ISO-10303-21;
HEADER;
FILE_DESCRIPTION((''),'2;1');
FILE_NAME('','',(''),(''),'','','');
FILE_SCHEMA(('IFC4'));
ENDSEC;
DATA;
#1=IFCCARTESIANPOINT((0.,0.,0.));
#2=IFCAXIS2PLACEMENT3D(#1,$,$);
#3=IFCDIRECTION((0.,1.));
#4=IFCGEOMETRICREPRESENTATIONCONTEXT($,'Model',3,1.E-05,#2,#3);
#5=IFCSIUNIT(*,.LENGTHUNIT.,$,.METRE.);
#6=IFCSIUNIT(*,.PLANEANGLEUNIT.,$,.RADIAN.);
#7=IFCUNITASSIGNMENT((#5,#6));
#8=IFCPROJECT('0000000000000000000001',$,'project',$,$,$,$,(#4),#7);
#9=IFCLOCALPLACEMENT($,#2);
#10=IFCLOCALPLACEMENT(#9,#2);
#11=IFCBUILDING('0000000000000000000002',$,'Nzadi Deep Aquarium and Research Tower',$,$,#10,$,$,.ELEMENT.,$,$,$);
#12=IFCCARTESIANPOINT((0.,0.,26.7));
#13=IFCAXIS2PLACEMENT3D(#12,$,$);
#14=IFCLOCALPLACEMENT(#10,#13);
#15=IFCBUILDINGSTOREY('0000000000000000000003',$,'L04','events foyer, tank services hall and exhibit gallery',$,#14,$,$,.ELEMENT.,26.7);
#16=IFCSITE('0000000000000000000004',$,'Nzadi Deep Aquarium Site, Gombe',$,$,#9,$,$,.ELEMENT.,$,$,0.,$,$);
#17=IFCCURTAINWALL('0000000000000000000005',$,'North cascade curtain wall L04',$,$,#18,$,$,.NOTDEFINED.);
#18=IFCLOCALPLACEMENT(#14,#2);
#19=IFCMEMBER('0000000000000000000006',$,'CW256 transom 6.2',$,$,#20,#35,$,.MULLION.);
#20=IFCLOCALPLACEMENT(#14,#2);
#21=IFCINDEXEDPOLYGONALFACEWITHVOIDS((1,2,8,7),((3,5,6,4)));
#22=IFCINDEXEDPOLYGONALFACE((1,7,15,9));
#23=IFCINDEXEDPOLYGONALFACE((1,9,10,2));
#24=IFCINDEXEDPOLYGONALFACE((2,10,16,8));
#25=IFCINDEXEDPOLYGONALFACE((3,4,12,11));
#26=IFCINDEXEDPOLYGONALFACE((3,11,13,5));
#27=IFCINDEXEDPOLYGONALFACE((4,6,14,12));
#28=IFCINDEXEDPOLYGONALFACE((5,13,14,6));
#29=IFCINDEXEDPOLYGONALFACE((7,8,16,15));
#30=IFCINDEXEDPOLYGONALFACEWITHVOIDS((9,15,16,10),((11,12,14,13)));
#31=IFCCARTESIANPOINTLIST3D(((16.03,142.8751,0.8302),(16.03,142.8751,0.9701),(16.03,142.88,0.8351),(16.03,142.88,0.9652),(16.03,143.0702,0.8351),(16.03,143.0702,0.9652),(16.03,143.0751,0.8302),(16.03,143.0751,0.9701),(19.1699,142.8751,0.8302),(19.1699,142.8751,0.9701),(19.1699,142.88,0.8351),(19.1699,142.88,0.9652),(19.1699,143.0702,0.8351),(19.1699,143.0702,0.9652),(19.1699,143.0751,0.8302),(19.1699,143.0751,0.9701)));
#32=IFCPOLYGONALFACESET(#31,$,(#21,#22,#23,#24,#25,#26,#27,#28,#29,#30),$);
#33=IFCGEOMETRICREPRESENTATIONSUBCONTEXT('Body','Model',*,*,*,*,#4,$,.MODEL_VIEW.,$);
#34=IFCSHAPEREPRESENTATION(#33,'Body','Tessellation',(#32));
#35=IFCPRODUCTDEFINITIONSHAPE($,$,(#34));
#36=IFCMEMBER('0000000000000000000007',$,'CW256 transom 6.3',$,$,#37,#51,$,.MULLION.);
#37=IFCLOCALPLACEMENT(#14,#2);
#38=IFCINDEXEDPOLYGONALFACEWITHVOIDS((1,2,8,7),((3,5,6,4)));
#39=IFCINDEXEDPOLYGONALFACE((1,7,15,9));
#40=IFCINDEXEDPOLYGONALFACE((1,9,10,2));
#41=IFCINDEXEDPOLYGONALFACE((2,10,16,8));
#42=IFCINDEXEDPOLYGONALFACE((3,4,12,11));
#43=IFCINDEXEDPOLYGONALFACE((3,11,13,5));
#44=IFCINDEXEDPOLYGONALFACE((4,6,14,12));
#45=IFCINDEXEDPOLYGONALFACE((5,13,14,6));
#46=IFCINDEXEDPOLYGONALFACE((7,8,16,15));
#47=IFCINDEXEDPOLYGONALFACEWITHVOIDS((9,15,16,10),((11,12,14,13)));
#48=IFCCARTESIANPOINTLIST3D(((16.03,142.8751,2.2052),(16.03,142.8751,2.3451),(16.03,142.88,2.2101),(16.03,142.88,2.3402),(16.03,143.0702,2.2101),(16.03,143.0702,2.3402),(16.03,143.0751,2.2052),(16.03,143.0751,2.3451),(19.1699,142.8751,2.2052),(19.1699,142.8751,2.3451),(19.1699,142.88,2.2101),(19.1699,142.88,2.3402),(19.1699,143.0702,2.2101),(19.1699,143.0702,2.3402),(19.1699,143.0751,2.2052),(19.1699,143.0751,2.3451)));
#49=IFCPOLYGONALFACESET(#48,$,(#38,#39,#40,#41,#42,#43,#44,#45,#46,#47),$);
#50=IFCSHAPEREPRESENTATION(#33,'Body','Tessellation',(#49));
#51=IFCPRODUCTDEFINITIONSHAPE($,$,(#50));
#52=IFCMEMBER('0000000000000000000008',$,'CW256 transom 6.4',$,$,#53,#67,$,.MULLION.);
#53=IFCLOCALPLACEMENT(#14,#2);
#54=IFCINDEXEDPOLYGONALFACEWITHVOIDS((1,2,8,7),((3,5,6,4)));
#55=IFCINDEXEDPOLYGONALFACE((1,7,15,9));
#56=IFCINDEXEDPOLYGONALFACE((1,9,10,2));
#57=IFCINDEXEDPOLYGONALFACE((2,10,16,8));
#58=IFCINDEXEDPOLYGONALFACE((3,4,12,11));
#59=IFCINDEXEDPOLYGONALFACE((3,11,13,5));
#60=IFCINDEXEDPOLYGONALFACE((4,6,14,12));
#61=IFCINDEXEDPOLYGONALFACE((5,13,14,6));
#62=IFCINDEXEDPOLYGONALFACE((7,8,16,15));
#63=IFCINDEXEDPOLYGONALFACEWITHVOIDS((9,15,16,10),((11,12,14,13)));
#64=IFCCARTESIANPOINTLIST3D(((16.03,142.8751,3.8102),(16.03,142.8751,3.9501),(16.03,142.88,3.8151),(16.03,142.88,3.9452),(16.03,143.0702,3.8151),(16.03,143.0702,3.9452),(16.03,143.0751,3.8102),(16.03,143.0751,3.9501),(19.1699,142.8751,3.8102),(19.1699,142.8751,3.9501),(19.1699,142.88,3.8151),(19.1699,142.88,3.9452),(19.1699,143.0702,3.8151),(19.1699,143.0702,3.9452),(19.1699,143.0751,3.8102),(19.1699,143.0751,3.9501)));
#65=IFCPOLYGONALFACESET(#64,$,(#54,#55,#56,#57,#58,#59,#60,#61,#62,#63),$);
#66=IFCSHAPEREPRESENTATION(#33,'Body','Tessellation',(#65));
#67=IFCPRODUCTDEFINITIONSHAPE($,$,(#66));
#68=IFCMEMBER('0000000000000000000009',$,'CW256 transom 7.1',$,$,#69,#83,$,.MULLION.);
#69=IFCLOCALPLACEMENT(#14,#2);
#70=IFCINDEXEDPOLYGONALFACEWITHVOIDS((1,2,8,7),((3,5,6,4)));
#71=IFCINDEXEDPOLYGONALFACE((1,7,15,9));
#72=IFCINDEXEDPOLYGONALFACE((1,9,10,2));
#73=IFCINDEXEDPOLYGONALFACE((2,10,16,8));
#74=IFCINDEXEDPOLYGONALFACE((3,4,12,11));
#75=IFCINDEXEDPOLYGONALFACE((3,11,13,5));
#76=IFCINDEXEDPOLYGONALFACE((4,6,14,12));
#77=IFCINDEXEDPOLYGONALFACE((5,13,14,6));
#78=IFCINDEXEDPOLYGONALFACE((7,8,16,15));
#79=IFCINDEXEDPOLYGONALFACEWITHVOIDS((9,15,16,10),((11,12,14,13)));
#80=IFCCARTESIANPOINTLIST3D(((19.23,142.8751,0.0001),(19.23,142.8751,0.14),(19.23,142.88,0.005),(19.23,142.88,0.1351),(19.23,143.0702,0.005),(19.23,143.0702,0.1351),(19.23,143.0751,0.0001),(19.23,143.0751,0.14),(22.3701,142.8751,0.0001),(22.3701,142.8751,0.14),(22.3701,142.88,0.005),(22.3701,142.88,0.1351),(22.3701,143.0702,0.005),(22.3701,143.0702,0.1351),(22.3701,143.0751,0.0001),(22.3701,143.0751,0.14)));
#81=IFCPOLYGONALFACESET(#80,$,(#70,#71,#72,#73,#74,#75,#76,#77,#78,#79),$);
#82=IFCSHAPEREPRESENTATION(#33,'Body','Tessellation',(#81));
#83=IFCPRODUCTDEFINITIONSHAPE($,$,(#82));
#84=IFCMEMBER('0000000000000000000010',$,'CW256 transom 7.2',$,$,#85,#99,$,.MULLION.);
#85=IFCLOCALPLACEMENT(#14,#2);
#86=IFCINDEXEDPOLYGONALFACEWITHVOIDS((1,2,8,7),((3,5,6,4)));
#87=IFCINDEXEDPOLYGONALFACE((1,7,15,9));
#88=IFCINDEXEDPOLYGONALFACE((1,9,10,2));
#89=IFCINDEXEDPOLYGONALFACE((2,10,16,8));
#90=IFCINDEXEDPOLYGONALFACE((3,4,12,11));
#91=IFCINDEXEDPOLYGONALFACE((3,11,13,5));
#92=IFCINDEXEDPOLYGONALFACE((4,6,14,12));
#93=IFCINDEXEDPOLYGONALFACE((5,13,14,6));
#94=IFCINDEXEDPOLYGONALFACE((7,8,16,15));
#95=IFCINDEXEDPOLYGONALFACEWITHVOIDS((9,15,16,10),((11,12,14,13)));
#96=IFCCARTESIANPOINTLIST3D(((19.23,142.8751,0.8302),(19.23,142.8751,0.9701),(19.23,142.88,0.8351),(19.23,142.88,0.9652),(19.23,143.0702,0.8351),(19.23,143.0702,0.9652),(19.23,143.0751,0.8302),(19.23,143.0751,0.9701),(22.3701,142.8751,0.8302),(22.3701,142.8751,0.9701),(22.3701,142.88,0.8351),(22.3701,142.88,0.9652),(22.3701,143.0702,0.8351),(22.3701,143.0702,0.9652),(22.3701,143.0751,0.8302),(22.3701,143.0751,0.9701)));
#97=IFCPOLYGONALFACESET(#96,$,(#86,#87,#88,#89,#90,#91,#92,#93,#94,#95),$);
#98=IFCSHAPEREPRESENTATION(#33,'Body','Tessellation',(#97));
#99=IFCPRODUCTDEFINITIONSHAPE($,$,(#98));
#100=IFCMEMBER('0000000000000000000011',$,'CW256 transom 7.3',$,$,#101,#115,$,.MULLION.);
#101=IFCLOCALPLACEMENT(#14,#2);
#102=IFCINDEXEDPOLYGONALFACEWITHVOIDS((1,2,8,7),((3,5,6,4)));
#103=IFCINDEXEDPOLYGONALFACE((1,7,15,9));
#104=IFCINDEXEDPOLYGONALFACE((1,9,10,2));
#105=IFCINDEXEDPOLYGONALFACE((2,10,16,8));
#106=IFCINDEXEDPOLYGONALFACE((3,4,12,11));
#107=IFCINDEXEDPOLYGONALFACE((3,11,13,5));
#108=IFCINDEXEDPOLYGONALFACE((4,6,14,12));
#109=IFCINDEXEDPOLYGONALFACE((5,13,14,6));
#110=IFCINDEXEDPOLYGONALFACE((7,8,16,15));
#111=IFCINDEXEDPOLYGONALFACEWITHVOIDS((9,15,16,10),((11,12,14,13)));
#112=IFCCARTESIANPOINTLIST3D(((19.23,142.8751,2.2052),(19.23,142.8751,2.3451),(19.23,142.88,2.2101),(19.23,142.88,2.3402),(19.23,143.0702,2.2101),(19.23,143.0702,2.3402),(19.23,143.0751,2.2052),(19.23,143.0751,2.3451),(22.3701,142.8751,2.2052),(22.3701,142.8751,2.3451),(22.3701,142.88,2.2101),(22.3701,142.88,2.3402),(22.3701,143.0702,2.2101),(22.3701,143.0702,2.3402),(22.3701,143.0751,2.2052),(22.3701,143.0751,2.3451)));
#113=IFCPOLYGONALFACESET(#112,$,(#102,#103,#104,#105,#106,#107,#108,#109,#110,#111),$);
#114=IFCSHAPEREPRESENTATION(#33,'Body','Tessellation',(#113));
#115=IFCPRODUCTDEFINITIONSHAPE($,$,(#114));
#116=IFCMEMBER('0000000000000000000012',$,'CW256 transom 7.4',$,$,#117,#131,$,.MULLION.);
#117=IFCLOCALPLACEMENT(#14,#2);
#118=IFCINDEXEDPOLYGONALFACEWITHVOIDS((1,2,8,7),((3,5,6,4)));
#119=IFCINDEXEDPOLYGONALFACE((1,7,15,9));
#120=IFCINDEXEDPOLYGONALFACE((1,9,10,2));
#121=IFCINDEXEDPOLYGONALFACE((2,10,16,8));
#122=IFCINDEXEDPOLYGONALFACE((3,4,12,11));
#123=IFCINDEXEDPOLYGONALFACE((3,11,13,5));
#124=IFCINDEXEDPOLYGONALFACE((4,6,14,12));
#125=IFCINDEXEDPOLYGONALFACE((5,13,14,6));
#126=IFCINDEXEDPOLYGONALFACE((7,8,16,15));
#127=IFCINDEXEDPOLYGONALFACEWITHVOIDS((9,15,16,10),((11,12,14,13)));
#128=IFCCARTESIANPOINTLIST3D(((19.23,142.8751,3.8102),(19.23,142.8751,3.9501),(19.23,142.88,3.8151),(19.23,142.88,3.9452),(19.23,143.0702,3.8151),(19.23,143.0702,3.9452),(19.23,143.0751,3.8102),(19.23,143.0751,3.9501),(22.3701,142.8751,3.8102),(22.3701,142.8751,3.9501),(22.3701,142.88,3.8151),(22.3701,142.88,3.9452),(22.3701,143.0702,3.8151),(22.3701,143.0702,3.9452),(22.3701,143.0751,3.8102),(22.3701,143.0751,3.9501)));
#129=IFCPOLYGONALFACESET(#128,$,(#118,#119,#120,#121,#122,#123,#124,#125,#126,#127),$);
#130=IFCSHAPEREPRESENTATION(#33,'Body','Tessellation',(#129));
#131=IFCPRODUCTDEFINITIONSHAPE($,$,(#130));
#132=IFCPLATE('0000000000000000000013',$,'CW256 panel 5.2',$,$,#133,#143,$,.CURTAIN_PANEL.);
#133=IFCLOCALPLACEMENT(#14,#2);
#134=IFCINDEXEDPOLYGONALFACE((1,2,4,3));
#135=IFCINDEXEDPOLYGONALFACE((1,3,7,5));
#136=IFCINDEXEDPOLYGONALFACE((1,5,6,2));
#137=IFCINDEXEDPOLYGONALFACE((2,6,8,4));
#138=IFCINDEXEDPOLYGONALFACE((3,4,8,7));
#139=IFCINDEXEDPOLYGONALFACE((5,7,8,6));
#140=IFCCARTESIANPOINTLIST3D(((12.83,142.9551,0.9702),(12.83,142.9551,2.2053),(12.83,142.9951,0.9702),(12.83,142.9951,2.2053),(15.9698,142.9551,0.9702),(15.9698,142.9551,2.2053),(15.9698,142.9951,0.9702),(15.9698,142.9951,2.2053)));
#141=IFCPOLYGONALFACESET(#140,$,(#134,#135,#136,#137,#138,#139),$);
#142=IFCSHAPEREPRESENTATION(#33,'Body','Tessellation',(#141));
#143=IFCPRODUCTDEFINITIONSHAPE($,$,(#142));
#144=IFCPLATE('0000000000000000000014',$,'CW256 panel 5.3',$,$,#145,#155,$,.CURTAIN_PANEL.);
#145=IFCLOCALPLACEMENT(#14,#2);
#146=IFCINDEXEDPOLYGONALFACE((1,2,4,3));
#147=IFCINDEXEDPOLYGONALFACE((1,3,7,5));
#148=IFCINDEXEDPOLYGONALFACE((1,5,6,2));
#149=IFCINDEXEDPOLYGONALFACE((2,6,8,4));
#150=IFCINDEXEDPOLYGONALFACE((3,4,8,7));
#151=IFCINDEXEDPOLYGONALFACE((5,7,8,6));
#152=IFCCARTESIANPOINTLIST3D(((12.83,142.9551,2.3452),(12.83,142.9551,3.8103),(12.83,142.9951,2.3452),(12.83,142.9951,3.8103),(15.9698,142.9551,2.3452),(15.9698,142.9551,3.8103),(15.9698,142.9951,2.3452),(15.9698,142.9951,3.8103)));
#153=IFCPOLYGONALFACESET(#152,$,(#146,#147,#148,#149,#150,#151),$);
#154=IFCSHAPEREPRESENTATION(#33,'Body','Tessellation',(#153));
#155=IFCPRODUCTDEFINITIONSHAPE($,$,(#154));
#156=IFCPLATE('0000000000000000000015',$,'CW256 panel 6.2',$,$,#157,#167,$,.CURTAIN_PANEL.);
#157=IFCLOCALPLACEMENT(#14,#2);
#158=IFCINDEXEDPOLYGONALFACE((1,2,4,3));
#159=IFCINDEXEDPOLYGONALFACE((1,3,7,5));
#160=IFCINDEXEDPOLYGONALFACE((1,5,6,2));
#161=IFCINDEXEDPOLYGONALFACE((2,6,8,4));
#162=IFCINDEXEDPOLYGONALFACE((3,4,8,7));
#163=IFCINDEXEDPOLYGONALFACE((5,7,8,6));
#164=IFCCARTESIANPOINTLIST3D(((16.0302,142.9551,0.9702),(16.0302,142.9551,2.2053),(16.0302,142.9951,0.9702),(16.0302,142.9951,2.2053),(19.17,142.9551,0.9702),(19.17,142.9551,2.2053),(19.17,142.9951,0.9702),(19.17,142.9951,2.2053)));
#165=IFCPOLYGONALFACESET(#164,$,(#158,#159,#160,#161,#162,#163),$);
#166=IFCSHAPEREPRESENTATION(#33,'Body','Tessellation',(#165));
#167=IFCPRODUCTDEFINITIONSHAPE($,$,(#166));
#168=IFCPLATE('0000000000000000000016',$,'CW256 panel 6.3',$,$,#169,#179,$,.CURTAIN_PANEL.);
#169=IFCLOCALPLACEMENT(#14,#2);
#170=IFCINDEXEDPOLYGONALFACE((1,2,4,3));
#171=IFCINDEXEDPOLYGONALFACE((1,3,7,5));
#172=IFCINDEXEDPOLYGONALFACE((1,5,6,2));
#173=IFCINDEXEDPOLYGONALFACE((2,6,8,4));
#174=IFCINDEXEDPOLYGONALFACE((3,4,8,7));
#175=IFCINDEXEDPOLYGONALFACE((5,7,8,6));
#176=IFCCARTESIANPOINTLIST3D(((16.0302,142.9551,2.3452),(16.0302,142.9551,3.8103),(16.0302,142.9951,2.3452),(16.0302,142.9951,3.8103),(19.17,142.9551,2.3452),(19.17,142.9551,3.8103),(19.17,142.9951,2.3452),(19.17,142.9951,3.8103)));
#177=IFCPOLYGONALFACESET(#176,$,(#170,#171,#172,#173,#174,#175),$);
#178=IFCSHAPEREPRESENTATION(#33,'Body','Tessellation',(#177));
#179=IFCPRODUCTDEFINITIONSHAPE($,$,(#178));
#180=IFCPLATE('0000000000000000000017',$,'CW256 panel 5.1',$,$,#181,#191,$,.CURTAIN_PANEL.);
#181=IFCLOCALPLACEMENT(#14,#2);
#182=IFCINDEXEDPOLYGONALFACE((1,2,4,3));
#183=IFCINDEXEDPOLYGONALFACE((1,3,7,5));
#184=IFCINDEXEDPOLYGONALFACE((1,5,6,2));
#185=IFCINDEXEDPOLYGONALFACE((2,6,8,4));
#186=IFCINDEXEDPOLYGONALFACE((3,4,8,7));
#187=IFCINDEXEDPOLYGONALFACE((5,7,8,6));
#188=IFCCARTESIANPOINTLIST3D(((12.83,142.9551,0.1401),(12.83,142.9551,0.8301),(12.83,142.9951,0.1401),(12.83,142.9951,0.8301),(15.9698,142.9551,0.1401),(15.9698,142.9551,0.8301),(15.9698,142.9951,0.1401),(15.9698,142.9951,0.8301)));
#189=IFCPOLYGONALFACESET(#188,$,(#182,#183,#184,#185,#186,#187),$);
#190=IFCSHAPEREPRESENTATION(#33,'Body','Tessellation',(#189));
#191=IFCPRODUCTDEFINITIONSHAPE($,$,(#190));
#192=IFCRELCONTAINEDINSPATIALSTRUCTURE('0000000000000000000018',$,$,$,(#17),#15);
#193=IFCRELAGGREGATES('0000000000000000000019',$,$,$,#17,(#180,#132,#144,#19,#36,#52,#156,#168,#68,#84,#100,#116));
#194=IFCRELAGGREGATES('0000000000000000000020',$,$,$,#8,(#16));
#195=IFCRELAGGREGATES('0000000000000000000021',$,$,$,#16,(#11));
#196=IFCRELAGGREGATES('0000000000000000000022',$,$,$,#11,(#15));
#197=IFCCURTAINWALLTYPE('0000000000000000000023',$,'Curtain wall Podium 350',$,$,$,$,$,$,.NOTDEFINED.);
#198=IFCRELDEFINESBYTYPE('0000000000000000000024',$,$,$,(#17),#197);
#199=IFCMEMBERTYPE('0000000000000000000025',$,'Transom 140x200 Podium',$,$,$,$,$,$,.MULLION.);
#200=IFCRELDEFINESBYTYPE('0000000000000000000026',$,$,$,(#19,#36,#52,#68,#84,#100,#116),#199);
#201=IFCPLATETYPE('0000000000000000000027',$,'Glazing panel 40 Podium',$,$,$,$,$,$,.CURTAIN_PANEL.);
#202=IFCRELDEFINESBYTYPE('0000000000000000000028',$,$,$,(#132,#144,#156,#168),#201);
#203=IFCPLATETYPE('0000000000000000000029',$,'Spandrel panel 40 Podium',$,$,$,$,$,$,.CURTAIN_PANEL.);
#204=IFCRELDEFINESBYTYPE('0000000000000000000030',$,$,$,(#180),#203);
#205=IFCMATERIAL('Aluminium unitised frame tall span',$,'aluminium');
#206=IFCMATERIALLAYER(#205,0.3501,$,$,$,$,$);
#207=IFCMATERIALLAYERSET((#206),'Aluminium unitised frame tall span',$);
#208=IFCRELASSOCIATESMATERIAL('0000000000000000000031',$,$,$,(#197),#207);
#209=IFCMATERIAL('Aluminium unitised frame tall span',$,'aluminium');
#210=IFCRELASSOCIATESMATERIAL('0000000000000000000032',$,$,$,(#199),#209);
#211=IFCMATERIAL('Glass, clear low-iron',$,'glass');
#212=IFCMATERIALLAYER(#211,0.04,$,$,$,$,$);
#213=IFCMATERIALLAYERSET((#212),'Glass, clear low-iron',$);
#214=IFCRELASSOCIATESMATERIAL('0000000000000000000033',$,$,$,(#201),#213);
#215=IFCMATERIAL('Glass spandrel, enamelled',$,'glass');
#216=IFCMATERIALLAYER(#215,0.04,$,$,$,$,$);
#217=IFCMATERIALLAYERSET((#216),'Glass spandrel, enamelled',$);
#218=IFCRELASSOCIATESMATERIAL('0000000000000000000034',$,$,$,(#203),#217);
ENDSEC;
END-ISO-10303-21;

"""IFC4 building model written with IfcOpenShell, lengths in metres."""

from ifc_helpers import new_model, si_unit, direction, frame, origin, origin_2d, place, context, subcontext, project, spatial, rectangle, hollow_rectangle, extrude, material, layer, layer_set, material_profile, profile_set, type_object, element, aggregate, save


model = new_model("IFC4")

# Units and contexts
model_context = context("Model", 3, precision=1e-05, world=origin(), true_north=direction((0.0, 1.0)))
body_context = subcontext(model_context, "Body", "Model", "MODEL_VIEW")
ifc_project = project(units=[si_unit("LENGTHUNIT", "METRE"), si_unit("PLANEANGLEUNIT", "RADIAN")], contexts=[model_context])

# Site, building, storey
site_placement = place(None, origin())
site = spatial("IfcSite", under=ifc_project, at=site_placement, Name="Nzadi Deep Aquarium Site, Gombe", CompositionType="ELEMENT", RefElevation=0.0)
building_placement = place(site_placement, origin())
building = spatial("IfcBuilding", under=site, at=building_placement, Name="Nzadi Deep Aquarium and Research Tower", CompositionType="ELEMENT")
storey_placement = place(building_placement, frame((0.0, 0.0, 26.7)))
storey = spatial("IfcBuildingStorey", under=building, at=storey_placement, Name="L04", Description="events foyer, tank services hall and exhibit gallery", CompositionType="ELEMENT", Elevation=26.7)

# Curtain wall
ifc_material_1 = material(Name="Aluminium unitised frame tall span", Category="aluminium")
ifc_layer_1 = layer(ifc_material_1, 0.3501)
ifc_layer_set_1 = layer_set([ifc_layer_1], Name="Aluminium unitised frame tall span")
curtain_wall_type = type_object("IfcCurtainWallType", Name="Curtain wall Podium 350", PredefinedType="NOTDEFINED", material=ifc_layer_set_1)
curtain_wall_placement = place(storey_placement, origin())
curtain_wall = element("IfcCurtainWall", 1, at=curtain_wall_placement, inside=storey, type_object=curtain_wall_type, Name="North cascade curtain wall L04", PredefinedType="NOTDEFINED")

# Members
ifc_material_2 = material(Name="Aluminium unitised frame tall span", Category="aluminium")
ifc_material_profile_1 = material_profile(ifc_material_2, hollow_rectangle(XDim=0.2, YDim=0.1399, WallThickness=0.0049, at=origin_2d()))
ifc_profile_set_1 = profile_set([ifc_material_profile_1], Name="Aluminium unitised frame tall span")
member_type_1 = type_object("IfcMemberType", Name="Transom 140x200 Podium", PredefinedType="MULLION", material=ifc_profile_set_1)
member_1_placement = place(storey_placement, frame((16.03, 142.9751, 0.9001), z_axis=(1.0, 0.0, 0.0), x_axis=(0.0, 1.0, 0.0)))
member_1 = element("IfcMember", 2, at=member_1_placement, type_object=member_type_1, Name="CW256 transom 6.2", PredefinedType="MULLION", context=body_context, shape_type="SweptSolid", body=[
    extrude(hollow_rectangle(XDim=0.2, YDim=0.1399, WallThickness=0.0049, at=origin_2d()), origin(), (0.0, 0.0, 1.0), 3.1399),
])
member_2_placement = place(storey_placement, frame((16.03, 142.9751, 2.2751), z_axis=(1.0, 0.0, 0.0), x_axis=(0.0, 1.0, 0.0)))
member_2 = element("IfcMember", 3, at=member_2_placement, type_object=member_type_1, Name="CW256 transom 6.3", PredefinedType="MULLION", context=body_context, shape_type="SweptSolid", body=[
    extrude(hollow_rectangle(XDim=0.2, YDim=0.1399, WallThickness=0.0049, at=origin_2d()), origin(), (0.0, 0.0, 1.0), 3.1399),
])
member_3_placement = place(storey_placement, frame((16.03, 142.9751, 3.8801), z_axis=(1.0, 0.0, 0.0), x_axis=(0.0, 1.0, 0.0)))
member_3 = element("IfcMember", 4, at=member_3_placement, type_object=member_type_1, Name="CW256 transom 6.4", PredefinedType="MULLION", context=body_context, shape_type="SweptSolid", body=[
    extrude(hollow_rectangle(XDim=0.2, YDim=0.1399, WallThickness=0.0049, at=origin_2d()), origin(), (0.0, 0.0, 1.0), 3.1399),
])
member_4_placement = place(storey_placement, frame((19.23, 142.9751, 0.0701), z_axis=(1.0, 0.0, 0.0), x_axis=(0.0, 1.0, 0.0)))
member_4 = element("IfcMember", 5, at=member_4_placement, type_object=member_type_1, Name="CW256 transom 7.1", PredefinedType="MULLION", context=body_context, shape_type="SweptSolid", body=[
    extrude(hollow_rectangle(XDim=0.2, YDim=0.1399, WallThickness=0.0049, at=origin_2d()), origin(), (0.0, 0.0, 1.0), 3.1401),
])
member_5_placement = place(storey_placement, frame((19.23, 142.9751, 0.9001), z_axis=(1.0, 0.0, 0.0), x_axis=(0.0, 1.0, 0.0)))
member_5 = element("IfcMember", 6, at=member_5_placement, type_object=member_type_1, Name="CW256 transom 7.2", PredefinedType="MULLION", context=body_context, shape_type="SweptSolid", body=[
    extrude(hollow_rectangle(XDim=0.2, YDim=0.1399, WallThickness=0.0049, at=origin_2d()), origin(), (0.0, 0.0, 1.0), 3.1401),
])
member_6_placement = place(storey_placement, frame((19.23, 142.9751, 2.2751), z_axis=(1.0, 0.0, 0.0), x_axis=(0.0, 1.0, 0.0)))
member_6 = element("IfcMember", 7, at=member_6_placement, type_object=member_type_1, Name="CW256 transom 7.3", PredefinedType="MULLION", context=body_context, shape_type="SweptSolid", body=[
    extrude(hollow_rectangle(XDim=0.2, YDim=0.1399, WallThickness=0.0049, at=origin_2d()), origin(), (0.0, 0.0, 1.0), 3.1401),
])
member_7_placement = place(storey_placement, frame((19.23, 142.9751, 3.8801), z_axis=(1.0, 0.0, 0.0), x_axis=(0.0, 1.0, 0.0)))
member_7 = element("IfcMember", 8, at=member_7_placement, type_object=member_type_1, Name="CW256 transom 7.4", PredefinedType="MULLION", context=body_context, shape_type="SweptSolid", body=[
    extrude(hollow_rectangle(XDim=0.2, YDim=0.1399, WallThickness=0.0049, at=origin_2d()), origin(), (0.0, 0.0, 1.0), 3.1401),
])

# Plates
ifc_material_3 = material(Name="Glass, clear low-iron", Category="glass")
ifc_layer_2 = layer(ifc_material_3, 0.04)
ifc_layer_set_2 = layer_set([ifc_layer_2], Name="Glass, clear low-iron")
plate_type_1 = type_object("IfcPlateType", Name="Glazing panel 40 Podium", PredefinedType="CURTAIN_PANEL", material=ifc_layer_set_2)
plate_1_placement = place(storey_placement, frame((14.3999, 142.9751, 0.9702), z_axis=(0.0, 0.0, 1.0), x_axis=(1.0, 0.0, 0.0)))
plate_1 = element("IfcPlate", 9, at=plate_1_placement, type_object=plate_type_1, Name="CW256 panel 5.2", PredefinedType="CURTAIN_PANEL", context=body_context, shape_type="SweptSolid", body=[
    extrude(rectangle(XDim=3.1399, YDim=0.04, at=origin_2d()), origin(), (0.0, 0.0, 1.0), 1.2351),
])
plate_2_placement = place(storey_placement, frame((14.3999, 142.9751, 2.3452), z_axis=(0.0, 0.0, 1.0), x_axis=(1.0, 0.0, 0.0)))
plate_2 = element("IfcPlate", 10, at=plate_2_placement, type_object=plate_type_1, Name="CW256 panel 5.3", PredefinedType="CURTAIN_PANEL", context=body_context, shape_type="SweptSolid", body=[
    extrude(rectangle(XDim=3.1399, YDim=0.04, at=origin_2d()), origin(), (0.0, 0.0, 1.0), 1.4651),
])
plate_3_placement = place(storey_placement, frame((17.6001, 142.9751, 0.9702), z_axis=(0.0, 0.0, 1.0), x_axis=(1.0, 0.0, 0.0)))
plate_3 = element("IfcPlate", 11, at=plate_3_placement, type_object=plate_type_1, Name="CW256 panel 6.2", PredefinedType="CURTAIN_PANEL", context=body_context, shape_type="SweptSolid", body=[
    extrude(rectangle(XDim=3.1399, YDim=0.04, at=origin_2d()), origin(), (0.0, 0.0, 1.0), 1.2351),
])
plate_4_placement = place(storey_placement, frame((17.6001, 142.9751, 2.3452), z_axis=(0.0, 0.0, 1.0), x_axis=(1.0, 0.0, 0.0)))
plate_4 = element("IfcPlate", 12, at=plate_4_placement, type_object=plate_type_1, Name="CW256 panel 6.3", PredefinedType="CURTAIN_PANEL", context=body_context, shape_type="SweptSolid", body=[
    extrude(rectangle(XDim=3.1399, YDim=0.04, at=origin_2d()), origin(), (0.0, 0.0, 1.0), 1.4651),
])
ifc_material_4 = material(Name="Glass spandrel, enamelled", Category="glass")
ifc_layer_3 = layer(ifc_material_4, 0.04)
ifc_layer_set_3 = layer_set([ifc_layer_3], Name="Glass spandrel, enamelled")
plate_type_2 = type_object("IfcPlateType", Name="Spandrel panel 40 Podium", PredefinedType="CURTAIN_PANEL", material=ifc_layer_set_3)
plate_5_placement = place(storey_placement, frame((14.3999, 142.9751, 0.1401), z_axis=(0.0, 0.0, 1.0), x_axis=(1.0, 0.0, 0.0)))
plate_5 = element("IfcPlate", 13, at=plate_5_placement, type_object=plate_type_2, Name="CW256 panel 5.1", PredefinedType="CURTAIN_PANEL", context=body_context, shape_type="SweptSolid", body=[
    extrude(rectangle(XDim=3.1399, YDim=0.04, at=origin_2d()), origin(), (0.0, 0.0, 1.0), 0.6899),
])
aggregate(curtain_wall, [plate_5, plate_1, plate_2, member_1, member_2, member_3, plate_3, plate_4, member_4, member_5, member_6, member_7])

save(model, "model.ifc")
